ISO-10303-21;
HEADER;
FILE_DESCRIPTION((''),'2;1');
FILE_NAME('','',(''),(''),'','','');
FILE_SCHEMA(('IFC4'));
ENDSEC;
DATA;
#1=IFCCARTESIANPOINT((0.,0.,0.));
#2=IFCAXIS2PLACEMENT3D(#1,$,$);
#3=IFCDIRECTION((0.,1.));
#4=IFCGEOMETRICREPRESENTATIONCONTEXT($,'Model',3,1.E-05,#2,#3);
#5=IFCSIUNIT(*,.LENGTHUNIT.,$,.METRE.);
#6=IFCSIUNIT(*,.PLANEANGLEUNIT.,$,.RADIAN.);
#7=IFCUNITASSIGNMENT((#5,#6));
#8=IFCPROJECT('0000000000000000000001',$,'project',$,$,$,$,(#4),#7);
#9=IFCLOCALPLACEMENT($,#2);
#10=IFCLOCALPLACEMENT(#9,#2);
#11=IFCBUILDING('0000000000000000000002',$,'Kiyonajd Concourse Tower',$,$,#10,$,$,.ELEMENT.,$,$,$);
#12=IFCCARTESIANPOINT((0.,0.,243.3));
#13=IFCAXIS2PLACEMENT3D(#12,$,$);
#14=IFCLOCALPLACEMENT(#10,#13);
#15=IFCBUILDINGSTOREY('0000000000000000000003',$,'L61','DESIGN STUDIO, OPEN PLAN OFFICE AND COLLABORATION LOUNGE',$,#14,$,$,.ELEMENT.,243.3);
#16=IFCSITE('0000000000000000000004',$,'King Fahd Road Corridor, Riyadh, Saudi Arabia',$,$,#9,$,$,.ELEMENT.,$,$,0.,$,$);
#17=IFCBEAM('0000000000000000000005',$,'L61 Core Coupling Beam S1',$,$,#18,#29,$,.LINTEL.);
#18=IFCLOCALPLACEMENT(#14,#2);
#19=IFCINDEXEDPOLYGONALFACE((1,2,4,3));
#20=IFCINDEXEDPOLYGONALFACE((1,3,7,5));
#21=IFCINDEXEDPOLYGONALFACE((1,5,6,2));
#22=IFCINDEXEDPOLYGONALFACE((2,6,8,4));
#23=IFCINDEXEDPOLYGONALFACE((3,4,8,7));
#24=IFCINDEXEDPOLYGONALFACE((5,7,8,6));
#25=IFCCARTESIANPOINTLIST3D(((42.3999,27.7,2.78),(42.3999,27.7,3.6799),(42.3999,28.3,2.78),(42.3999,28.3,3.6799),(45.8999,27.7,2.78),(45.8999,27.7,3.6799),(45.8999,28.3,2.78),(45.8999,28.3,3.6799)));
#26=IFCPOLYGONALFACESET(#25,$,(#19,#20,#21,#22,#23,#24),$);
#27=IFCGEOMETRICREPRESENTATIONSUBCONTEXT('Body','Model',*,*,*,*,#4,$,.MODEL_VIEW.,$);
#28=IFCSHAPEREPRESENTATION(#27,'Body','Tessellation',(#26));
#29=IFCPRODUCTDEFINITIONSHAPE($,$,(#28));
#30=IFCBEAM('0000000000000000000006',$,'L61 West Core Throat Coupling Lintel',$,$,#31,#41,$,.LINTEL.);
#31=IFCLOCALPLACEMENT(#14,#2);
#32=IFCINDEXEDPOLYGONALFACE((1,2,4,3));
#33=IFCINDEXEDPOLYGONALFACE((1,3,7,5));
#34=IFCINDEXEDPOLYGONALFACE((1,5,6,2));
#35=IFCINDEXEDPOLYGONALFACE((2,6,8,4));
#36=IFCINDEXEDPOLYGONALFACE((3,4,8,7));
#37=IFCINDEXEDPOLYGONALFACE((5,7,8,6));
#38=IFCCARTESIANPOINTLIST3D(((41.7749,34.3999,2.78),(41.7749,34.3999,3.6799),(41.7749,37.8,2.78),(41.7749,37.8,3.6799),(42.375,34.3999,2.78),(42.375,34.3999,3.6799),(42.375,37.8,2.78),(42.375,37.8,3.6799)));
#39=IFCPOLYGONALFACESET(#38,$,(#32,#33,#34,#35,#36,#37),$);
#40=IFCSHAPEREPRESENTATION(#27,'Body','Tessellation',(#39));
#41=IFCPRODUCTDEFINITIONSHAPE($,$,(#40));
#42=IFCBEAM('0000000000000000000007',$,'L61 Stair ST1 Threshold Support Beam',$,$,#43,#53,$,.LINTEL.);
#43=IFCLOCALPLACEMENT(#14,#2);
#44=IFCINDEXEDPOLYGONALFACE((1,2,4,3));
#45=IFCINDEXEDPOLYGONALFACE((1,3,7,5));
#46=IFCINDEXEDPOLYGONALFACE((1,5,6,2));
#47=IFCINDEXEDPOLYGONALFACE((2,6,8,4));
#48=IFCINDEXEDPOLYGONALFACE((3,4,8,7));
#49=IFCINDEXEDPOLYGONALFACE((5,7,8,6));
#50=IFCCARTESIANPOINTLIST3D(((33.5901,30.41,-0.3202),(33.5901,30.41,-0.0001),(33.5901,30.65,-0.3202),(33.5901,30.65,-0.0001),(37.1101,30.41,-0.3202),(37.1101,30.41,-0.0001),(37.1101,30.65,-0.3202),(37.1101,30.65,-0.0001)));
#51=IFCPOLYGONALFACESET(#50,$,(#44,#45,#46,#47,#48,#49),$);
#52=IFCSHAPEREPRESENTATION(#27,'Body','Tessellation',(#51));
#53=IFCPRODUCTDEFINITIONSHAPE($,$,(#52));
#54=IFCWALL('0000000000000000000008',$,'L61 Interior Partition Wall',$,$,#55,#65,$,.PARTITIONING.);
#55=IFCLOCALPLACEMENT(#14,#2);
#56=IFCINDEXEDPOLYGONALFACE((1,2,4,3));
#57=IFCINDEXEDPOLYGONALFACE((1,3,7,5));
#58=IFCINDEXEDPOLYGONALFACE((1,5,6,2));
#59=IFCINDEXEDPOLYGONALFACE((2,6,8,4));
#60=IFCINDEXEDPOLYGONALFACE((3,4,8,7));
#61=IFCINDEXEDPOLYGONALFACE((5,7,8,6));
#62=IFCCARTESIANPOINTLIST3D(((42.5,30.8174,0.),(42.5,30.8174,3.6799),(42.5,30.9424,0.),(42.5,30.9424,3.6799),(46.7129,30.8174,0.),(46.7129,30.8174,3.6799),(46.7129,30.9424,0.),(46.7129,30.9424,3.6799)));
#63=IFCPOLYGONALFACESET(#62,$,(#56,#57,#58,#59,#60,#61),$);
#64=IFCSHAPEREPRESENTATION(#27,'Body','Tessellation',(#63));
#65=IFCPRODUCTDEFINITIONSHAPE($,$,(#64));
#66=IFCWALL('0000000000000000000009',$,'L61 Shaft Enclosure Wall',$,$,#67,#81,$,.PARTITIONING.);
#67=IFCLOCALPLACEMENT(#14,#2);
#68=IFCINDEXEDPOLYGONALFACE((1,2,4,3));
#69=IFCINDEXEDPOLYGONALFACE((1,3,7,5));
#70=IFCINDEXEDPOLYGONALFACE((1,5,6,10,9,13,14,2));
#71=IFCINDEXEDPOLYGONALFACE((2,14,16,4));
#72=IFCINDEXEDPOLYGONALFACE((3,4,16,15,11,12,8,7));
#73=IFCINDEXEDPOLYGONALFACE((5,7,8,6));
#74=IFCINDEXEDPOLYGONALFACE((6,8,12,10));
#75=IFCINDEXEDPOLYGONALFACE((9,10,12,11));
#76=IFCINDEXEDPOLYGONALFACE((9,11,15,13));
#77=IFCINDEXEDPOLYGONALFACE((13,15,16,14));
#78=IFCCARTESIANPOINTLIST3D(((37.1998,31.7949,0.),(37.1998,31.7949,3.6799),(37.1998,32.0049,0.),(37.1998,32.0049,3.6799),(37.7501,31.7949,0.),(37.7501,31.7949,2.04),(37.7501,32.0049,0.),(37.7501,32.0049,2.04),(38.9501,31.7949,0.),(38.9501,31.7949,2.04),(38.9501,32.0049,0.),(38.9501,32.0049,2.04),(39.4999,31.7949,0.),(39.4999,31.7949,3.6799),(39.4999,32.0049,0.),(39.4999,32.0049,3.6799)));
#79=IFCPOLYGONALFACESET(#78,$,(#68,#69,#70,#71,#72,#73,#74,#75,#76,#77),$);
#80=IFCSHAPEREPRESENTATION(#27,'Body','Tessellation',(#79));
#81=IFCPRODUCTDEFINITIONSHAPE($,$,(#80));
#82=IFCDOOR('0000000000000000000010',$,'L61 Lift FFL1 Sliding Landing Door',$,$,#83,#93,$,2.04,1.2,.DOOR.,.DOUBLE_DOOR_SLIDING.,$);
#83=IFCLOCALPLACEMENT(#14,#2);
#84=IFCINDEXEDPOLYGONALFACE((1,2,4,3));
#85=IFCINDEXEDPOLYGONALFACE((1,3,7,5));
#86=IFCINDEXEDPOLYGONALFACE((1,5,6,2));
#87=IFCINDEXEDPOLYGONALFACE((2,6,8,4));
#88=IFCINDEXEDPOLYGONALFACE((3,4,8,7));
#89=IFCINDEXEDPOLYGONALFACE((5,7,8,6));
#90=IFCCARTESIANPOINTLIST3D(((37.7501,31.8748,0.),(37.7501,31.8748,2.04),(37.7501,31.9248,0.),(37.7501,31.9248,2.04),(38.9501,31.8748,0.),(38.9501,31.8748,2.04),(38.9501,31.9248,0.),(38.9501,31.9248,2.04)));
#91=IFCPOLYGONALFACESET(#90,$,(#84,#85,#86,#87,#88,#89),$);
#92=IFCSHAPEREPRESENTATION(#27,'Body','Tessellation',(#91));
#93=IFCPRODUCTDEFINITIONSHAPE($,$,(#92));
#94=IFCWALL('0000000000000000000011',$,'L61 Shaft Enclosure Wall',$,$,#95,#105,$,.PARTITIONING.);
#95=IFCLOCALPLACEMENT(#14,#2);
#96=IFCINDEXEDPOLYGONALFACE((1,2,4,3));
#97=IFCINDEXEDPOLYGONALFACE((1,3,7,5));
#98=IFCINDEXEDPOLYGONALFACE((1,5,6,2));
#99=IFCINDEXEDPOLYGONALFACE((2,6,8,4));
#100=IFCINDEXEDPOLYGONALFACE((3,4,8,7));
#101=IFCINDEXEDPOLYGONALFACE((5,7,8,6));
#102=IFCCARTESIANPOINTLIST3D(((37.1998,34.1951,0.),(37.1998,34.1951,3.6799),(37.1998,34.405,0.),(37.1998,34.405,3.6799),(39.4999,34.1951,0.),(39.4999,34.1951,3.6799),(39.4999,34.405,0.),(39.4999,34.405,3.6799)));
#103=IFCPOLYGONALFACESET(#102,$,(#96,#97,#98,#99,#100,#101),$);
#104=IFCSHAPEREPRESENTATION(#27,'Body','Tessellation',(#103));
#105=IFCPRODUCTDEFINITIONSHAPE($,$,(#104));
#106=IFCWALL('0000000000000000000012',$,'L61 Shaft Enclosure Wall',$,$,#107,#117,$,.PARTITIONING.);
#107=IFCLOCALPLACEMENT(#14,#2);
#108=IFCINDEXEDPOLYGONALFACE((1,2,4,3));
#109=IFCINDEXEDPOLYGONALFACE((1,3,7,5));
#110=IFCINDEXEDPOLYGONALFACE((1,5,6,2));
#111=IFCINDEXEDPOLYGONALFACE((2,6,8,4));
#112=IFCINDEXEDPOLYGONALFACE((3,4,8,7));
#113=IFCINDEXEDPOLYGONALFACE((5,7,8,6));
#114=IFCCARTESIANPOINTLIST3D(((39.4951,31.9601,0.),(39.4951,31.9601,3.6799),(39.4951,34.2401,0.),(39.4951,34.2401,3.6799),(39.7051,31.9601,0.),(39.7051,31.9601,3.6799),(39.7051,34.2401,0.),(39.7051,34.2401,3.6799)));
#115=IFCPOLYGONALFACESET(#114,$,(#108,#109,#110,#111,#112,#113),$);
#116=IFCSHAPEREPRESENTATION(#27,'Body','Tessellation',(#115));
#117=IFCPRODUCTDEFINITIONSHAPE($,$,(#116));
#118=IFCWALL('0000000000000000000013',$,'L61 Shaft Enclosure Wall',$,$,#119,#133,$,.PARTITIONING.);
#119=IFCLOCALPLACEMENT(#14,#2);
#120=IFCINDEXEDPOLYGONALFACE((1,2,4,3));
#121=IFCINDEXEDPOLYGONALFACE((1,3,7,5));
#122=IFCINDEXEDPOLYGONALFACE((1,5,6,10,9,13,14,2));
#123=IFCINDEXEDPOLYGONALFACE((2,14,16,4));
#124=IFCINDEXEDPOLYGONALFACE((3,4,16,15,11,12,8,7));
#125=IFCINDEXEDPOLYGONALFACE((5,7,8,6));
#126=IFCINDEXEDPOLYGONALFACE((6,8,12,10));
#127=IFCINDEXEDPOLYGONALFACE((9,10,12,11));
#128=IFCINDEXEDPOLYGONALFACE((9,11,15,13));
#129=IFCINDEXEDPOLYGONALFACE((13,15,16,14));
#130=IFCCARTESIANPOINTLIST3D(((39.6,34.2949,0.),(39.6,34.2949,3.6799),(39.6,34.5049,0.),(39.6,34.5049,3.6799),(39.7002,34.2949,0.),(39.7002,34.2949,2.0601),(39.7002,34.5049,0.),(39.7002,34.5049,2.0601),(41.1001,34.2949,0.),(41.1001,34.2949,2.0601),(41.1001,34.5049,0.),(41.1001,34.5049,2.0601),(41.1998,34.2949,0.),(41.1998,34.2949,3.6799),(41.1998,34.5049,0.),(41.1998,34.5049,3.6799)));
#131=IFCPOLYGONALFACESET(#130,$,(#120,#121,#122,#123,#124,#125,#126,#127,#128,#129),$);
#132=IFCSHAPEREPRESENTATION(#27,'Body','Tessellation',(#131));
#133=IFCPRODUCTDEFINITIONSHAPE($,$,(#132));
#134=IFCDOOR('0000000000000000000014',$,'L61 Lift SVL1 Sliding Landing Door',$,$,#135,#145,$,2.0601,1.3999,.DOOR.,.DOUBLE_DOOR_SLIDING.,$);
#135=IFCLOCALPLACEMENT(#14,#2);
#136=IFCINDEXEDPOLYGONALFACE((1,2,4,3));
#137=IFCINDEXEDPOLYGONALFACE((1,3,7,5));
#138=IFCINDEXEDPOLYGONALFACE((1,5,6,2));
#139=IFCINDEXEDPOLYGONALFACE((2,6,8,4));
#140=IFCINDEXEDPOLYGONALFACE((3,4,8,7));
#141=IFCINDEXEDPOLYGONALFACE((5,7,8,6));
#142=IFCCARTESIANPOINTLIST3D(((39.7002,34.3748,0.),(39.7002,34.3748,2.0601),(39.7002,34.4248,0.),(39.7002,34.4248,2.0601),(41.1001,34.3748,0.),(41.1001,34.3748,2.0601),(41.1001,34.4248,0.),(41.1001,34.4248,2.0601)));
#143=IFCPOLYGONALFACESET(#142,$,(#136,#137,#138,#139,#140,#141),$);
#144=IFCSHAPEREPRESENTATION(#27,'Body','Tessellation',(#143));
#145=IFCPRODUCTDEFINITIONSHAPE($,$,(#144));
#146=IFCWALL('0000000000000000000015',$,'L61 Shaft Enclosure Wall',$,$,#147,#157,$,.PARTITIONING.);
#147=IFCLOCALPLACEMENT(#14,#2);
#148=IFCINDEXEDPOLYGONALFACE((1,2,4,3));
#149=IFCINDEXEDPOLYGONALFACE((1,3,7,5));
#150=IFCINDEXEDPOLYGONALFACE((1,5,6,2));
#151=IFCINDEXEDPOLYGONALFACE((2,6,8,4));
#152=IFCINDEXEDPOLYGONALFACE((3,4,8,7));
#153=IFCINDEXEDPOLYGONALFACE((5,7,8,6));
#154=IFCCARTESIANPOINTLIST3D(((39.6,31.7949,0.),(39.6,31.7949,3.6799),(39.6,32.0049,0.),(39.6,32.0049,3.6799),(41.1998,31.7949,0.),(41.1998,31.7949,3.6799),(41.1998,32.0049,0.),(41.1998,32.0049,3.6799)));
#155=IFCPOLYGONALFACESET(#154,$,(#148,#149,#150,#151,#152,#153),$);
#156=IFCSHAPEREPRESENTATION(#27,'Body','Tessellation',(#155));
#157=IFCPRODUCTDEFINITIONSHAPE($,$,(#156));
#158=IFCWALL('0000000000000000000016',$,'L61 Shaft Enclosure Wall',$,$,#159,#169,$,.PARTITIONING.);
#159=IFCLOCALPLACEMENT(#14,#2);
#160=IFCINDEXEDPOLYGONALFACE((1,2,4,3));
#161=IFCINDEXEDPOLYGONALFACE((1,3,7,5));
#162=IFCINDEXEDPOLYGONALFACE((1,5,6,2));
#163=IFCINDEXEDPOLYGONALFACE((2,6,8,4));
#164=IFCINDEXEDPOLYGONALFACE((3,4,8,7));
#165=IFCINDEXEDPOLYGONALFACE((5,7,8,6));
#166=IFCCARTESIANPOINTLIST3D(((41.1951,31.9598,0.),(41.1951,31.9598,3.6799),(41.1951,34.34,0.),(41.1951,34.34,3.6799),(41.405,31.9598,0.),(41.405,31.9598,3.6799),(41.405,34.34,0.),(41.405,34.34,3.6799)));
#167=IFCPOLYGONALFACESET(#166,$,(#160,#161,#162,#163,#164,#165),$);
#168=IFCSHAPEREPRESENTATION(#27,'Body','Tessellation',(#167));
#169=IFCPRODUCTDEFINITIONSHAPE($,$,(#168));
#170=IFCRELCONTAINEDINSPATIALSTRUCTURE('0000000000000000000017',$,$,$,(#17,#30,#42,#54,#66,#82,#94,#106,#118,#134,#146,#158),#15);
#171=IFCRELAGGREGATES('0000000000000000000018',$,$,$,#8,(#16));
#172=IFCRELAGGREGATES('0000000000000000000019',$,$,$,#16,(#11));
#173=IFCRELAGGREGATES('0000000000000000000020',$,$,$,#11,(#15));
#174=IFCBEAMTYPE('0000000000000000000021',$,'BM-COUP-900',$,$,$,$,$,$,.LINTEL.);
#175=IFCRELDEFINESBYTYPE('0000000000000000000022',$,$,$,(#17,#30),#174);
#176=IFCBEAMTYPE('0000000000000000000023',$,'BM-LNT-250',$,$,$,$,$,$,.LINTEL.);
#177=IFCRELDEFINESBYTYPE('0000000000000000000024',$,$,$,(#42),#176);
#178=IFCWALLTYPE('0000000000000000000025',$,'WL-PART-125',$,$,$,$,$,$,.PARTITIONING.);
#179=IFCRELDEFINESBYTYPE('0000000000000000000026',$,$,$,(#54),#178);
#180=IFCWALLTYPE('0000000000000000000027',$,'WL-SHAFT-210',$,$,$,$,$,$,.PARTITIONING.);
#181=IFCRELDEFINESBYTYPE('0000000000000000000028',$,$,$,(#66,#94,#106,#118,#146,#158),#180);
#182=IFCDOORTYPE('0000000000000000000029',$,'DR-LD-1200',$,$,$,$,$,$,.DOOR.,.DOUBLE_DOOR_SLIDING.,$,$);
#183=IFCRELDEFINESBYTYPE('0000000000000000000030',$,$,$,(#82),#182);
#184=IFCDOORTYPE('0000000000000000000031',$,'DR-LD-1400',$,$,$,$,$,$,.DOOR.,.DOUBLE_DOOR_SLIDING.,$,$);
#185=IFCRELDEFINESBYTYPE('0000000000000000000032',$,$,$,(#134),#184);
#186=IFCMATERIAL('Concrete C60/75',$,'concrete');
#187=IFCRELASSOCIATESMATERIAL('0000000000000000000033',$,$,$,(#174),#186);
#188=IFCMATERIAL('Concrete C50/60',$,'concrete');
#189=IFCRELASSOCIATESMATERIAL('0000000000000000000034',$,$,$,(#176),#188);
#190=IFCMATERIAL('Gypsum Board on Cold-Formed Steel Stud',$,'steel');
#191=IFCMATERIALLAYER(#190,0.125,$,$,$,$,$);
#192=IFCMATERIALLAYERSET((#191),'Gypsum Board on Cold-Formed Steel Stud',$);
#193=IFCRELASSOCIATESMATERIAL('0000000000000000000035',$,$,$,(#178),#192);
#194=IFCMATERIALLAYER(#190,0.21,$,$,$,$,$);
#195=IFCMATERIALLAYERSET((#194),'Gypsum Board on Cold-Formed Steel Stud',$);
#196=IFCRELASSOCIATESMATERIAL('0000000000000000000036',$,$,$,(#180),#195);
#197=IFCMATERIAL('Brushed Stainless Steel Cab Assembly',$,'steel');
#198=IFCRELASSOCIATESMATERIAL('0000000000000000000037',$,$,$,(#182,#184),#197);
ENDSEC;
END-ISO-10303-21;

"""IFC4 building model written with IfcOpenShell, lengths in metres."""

from ifc_helpers import new_model, si_unit, direction, frame, frame_2d, origin, origin_2d, place, context, subcontext, project, spatial, rectangle, extrude, material, layer, layer_set, material_profile, profile_set, type_object, element, fill, save


model = new_model("IFC4")

# Units and contexts
model_context = context("Model", 3, precision=1e-05, world=origin(), true_north=direction((0.0, 1.0)))
body_context = subcontext(model_context, "Body", "Model", "MODEL_VIEW")
ifc_project = project(units=[si_unit("LENGTHUNIT", "METRE"), si_unit("PLANEANGLEUNIT", "RADIAN")], contexts=[model_context])

# Site, building, storey
site_placement = place(None, origin())
site = spatial("IfcSite", under=ifc_project, at=site_placement, Name="King Fahd Road Corridor, Riyadh, Saudi Arabia", CompositionType="ELEMENT", RefElevation=0.0)
building_placement = place(site_placement, origin())
building = spatial("IfcBuilding", under=site, at=building_placement, Name="Kiyonajd Concourse Tower", CompositionType="ELEMENT")
storey_placement = place(building_placement, frame((0.0, 0.0, 243.3)))
storey = spatial("IfcBuildingStorey", under=building, at=storey_placement, Name="L61", Description="DESIGN STUDIO, OPEN PLAN OFFICE AND COLLABORATION LOUNGE", CompositionType="ELEMENT", Elevation=243.3)

# Beams
ifc_material_1 = material(Name="Concrete C60/75", Category="concrete")
ifc_material_profile_1 = material_profile(ifc_material_1, rectangle(XDim=0.6001, YDim=0.8999, at=origin_2d()), Name="RCBM-600x900")
ifc_profile_set_1 = profile_set([ifc_material_profile_1], Name="Concrete C60/75")
beam_type_1 = type_object("IfcBeamType", Name="BM-COUP-900", PredefinedType="LINTEL", material=ifc_profile_set_1)
beam_1_placement = place(storey_placement, frame((42.3999, 28.0, 3.23), z_axis=(1.0, 0.0, 0.0), x_axis=(0.0, 1.0, 0.0)))
element("IfcBeam", 1, at=beam_1_placement, inside=storey, type_object=beam_type_1, Name="L61 Core Coupling Beam S1", PredefinedType="LINTEL", context=body_context, shape_type="SweptSolid", body=[
    extrude(rectangle(XDim=0.6001, YDim=0.8999, at=origin_2d()), origin(), (0.0, 0.0, 1.0), 3.5),
])
beam_2_placement = place(storey_placement, frame((42.075, 34.3999, 3.23), z_axis=(0.0, 1.0, 0.0), x_axis=(-1.0, 0.0, 0.0)))
element("IfcBeam", 2, at=beam_2_placement, inside=storey, type_object=beam_type_1, Name="L61 West Core Throat Coupling Lintel", PredefinedType="LINTEL", context=body_context, shape_type="SweptSolid", body=[
    extrude(rectangle(XDim=0.6001, YDim=0.8999, at=origin_2d()), origin(), (0.0, 0.0, 1.0), 3.4001),
])
ifc_material_2 = material(Name="Concrete C50/60", Category="concrete")
ifc_material_profile_2 = material_profile(ifc_material_2, rectangle(XDim=0.24, YDim=0.3201, at=origin_2d()), Name="RCBM-240x320")
ifc_profile_set_2 = profile_set([ifc_material_profile_2], Name="Concrete C50/60")
beam_type_2 = type_object("IfcBeamType", Name="BM-LNT-250", PredefinedType="LINTEL", material=ifc_profile_set_2)
beam_3_placement = place(storey_placement, frame((33.5901, 30.53, -0.1602), z_axis=(1.0, 0.0, 0.0), x_axis=(0.0, 1.0, 0.0)))
element("IfcBeam", 3, at=beam_3_placement, inside=storey, type_object=beam_type_2, Name="L61 Stair ST1 Threshold Support Beam", PredefinedType="LINTEL", context=body_context, shape_type="SweptSolid", body=[
    extrude(rectangle(XDim=0.24, YDim=0.3201, at=origin_2d()), origin(), (0.0, 0.0, 1.0), 3.52),
])

# Wall
ifc_material_3 = material(Name="Gypsum Board on Cold-Formed Steel Stud", Category="steel")
ifc_layer_1 = layer(ifc_material_3, 0.125)
ifc_layer_set_1 = layer_set([ifc_layer_1], Name="Gypsum Board on Cold-Formed Steel Stud")
wall_type_1 = type_object("IfcWallType", Name="WL-PART-125", PredefinedType="PARTITIONING", material=ifc_layer_set_1)
wall_1_placement = place(storey_placement, frame((42.5, 30.8799, 0.0), z_axis=(0.0, 0.0, 1.0), x_axis=(1.0, 0.0, 0.0)))
element("IfcWall", 4, at=wall_1_placement, inside=storey, type_object=wall_type_1, Name="L61 Interior Partition Wall", PredefinedType="PARTITIONING", context=body_context, shape_type="SweptSolid", body=[
    extrude(rectangle(XDim=4.2129, YDim=0.125, at=frame_2d((2.1064, 0.0))), origin(), (0.0, 0.0, 1.0), 3.6799),
])

# Wall, opening, door
ifc_layer_2 = layer(ifc_material_3, 0.21)
ifc_layer_set_2 = layer_set([ifc_layer_2], Name="Gypsum Board on Cold-Formed Steel Stud")
wall_type_2 = type_object("IfcWallType", Name="WL-SHAFT-210", PredefinedType="PARTITIONING", material=ifc_layer_set_2)
wall_2_placement = place(storey_placement, frame((37.2, 31.8999, 0.0), z_axis=(0.0, 0.0, 1.0), x_axis=(1.0, 0.0, 0.0)))
wall_2 = element("IfcWall", 5, at=wall_2_placement, inside=storey, type_object=wall_type_2, Name="L61 Shaft Enclosure Wall", PredefinedType="PARTITIONING", context=body_context, shape_type="SweptSolid", body=[
    extrude(rectangle(XDim=2.3, YDim=0.21, at=frame_2d((1.1499, 0.0))), origin(), (0.0, 0.0, 1.0), 3.6799),
])
opening_1_placement = place(wall_2_placement, frame((0.55, 0.0, 0.0)))
opening_1 = element("IfcOpeningElement", 6, at=opening_1_placement, cuts=wall_2, PredefinedType="OPENING", context=body_context, shape_type="SweptSolid", body=[
    extrude(rectangle(XDim=1.2, YDim=2.04, at=frame_2d((0.6001, 1.02))), frame((0.0, 0.115, 0.0), z_axis=(0.0, -1.0, 0.0), x_axis=(1.0, 0.0, 0.0)), (0.0, 0.0, 1.0), 0.23),
])
ifc_material_4 = material(Name="Brushed Stainless Steel Cab Assembly", Category="steel")
door_type_1 = type_object("IfcDoorType", Name="DR-LD-1200", OperationType="DOUBLE_DOOR_SLIDING", PredefinedType="DOOR", material=ifc_material_4)
door_1_placement = place(opening_1_placement, origin())
door_1 = element("IfcDoor", 7, at=door_1_placement, inside=storey, type_object=door_type_1, Name="L61 Lift FFL1 Sliding Landing Door", OperationType="DOUBLE_DOOR_SLIDING", OverallHeight=2.04, OverallWidth=1.2, PredefinedType="DOOR", context=body_context, shape_type="SweptSolid", body=[
    extrude(rectangle(XDim=1.2, YDim=2.04, at=frame_2d((0.6001, 1.02))), frame((0.0, 0.0249, 0.0), z_axis=(0.0, -1.0, 0.0), x_axis=(1.0, 0.0, 0.0)), (0.0, 0.0, 1.0), 0.05),
])
fill(opening_1, door_1)

# Walls
wall_3_placement = place(storey_placement, frame((37.2, 34.3, 0.0), z_axis=(0.0, 0.0, 1.0), x_axis=(1.0, 0.0, 0.0)))
element("IfcWall", 8, at=wall_3_placement, inside=storey, type_object=wall_type_2, Name="L61 Shaft Enclosure Wall", PredefinedType="PARTITIONING", context=body_context, shape_type="SweptSolid", body=[
    extrude(rectangle(XDim=2.3, YDim=0.21, at=frame_2d((1.1499, 0.0))), origin(), (0.0, 0.0, 1.0), 3.6799),
])
wall_4_placement = place(storey_placement, frame((39.6001, 31.96, 0.0), z_axis=(0.0, 0.0, 1.0), x_axis=(0.0, 1.0, 0.0)))
element("IfcWall", 9, at=wall_4_placement, inside=storey, type_object=wall_type_2, Name="L61 Shaft Enclosure Wall", PredefinedType="PARTITIONING", context=body_context, shape_type="SweptSolid", body=[
    extrude(rectangle(XDim=2.28, YDim=0.21, at=frame_2d((1.1401, 0.0))), origin(), (0.0, 0.0, 1.0), 3.6799),
])

# Wall, opening, door
wall_5_placement = place(storey_placement, frame((39.6001, 34.3999, 0.0), z_axis=(0.0, 0.0, 1.0), x_axis=(1.0, 0.0, 0.0)))
wall_5 = element("IfcWall", 10, at=wall_5_placement, inside=storey, type_object=wall_type_2, Name="L61 Shaft Enclosure Wall", PredefinedType="PARTITIONING", context=body_context, shape_type="SweptSolid", body=[
    extrude(rectangle(XDim=1.5999, YDim=0.21, at=frame_2d((0.7998, 0.0))), origin(), (0.0, 0.0, 1.0), 3.6799),
])
opening_2_placement = place(wall_5_placement, frame((0.1001, 0.0, 0.0)))
opening_2 = element("IfcOpeningElement", 11, at=opening_2_placement, cuts=wall_5, PredefinedType="OPENING", context=body_context, shape_type="SweptSolid", body=[
    extrude(rectangle(XDim=1.3999, YDim=2.0601, at=frame_2d((0.7, 1.03))), frame((0.0, 0.115, 0.0), z_axis=(0.0, -1.0, 0.0), x_axis=(1.0, 0.0, 0.0)), (0.0, 0.0, 1.0), 0.23),
])
door_type_2 = type_object("IfcDoorType", Name="DR-LD-1400", OperationType="DOUBLE_DOOR_SLIDING", PredefinedType="DOOR", material=ifc_material_4)
door_2_placement = place(opening_2_placement, origin())
door_2 = element("IfcDoor", 12, at=door_2_placement, inside=storey, type_object=door_type_2, Name="L61 Lift SVL1 Sliding Landing Door", OperationType="DOUBLE_DOOR_SLIDING", OverallHeight=2.0601, OverallWidth=1.3999, PredefinedType="DOOR", context=body_context, shape_type="SweptSolid", body=[
    extrude(rectangle(XDim=1.3999, YDim=2.0601, at=frame_2d((0.7, 1.03))), frame((0.0, 0.0249, 0.0), z_axis=(0.0, -1.0, 0.0), x_axis=(1.0, 0.0, 0.0)), (0.0, 0.0, 1.0), 0.05),
])
fill(opening_2, door_2)

# Walls
wall_6_placement = place(storey_placement, frame((39.6001, 31.8999, 0.0), z_axis=(0.0, 0.0, 1.0), x_axis=(1.0, 0.0, 0.0)))
element("IfcWall", 13, at=wall_6_placement, inside=storey, type_object=wall_type_2, Name="L61 Shaft Enclosure Wall", PredefinedType="PARTITIONING", context=body_context, shape_type="SweptSolid", body=[
    extrude(rectangle(XDim=1.5999, YDim=0.21, at=frame_2d((0.7998, 0.0))), origin(), (0.0, 0.0, 1.0), 3.6799),
])
wall_7_placement = place(storey_placement, frame((41.3, 31.96, 0.0), z_axis=(0.0, 0.0, 1.0), x_axis=(0.0, 1.0, 0.0)))
element("IfcWall", 14, at=wall_7_placement, inside=storey, type_object=wall_type_2, Name="L61 Shaft Enclosure Wall", PredefinedType="PARTITIONING", context=body_context, shape_type="SweptSolid", body=[
    extrude(rectangle(XDim=2.3801, YDim=0.21, at=frame_2d((1.1899, 0.0))), origin(), (0.0, 0.0, 1.0), 3.6799),
])

save(model, "model.ifc")
